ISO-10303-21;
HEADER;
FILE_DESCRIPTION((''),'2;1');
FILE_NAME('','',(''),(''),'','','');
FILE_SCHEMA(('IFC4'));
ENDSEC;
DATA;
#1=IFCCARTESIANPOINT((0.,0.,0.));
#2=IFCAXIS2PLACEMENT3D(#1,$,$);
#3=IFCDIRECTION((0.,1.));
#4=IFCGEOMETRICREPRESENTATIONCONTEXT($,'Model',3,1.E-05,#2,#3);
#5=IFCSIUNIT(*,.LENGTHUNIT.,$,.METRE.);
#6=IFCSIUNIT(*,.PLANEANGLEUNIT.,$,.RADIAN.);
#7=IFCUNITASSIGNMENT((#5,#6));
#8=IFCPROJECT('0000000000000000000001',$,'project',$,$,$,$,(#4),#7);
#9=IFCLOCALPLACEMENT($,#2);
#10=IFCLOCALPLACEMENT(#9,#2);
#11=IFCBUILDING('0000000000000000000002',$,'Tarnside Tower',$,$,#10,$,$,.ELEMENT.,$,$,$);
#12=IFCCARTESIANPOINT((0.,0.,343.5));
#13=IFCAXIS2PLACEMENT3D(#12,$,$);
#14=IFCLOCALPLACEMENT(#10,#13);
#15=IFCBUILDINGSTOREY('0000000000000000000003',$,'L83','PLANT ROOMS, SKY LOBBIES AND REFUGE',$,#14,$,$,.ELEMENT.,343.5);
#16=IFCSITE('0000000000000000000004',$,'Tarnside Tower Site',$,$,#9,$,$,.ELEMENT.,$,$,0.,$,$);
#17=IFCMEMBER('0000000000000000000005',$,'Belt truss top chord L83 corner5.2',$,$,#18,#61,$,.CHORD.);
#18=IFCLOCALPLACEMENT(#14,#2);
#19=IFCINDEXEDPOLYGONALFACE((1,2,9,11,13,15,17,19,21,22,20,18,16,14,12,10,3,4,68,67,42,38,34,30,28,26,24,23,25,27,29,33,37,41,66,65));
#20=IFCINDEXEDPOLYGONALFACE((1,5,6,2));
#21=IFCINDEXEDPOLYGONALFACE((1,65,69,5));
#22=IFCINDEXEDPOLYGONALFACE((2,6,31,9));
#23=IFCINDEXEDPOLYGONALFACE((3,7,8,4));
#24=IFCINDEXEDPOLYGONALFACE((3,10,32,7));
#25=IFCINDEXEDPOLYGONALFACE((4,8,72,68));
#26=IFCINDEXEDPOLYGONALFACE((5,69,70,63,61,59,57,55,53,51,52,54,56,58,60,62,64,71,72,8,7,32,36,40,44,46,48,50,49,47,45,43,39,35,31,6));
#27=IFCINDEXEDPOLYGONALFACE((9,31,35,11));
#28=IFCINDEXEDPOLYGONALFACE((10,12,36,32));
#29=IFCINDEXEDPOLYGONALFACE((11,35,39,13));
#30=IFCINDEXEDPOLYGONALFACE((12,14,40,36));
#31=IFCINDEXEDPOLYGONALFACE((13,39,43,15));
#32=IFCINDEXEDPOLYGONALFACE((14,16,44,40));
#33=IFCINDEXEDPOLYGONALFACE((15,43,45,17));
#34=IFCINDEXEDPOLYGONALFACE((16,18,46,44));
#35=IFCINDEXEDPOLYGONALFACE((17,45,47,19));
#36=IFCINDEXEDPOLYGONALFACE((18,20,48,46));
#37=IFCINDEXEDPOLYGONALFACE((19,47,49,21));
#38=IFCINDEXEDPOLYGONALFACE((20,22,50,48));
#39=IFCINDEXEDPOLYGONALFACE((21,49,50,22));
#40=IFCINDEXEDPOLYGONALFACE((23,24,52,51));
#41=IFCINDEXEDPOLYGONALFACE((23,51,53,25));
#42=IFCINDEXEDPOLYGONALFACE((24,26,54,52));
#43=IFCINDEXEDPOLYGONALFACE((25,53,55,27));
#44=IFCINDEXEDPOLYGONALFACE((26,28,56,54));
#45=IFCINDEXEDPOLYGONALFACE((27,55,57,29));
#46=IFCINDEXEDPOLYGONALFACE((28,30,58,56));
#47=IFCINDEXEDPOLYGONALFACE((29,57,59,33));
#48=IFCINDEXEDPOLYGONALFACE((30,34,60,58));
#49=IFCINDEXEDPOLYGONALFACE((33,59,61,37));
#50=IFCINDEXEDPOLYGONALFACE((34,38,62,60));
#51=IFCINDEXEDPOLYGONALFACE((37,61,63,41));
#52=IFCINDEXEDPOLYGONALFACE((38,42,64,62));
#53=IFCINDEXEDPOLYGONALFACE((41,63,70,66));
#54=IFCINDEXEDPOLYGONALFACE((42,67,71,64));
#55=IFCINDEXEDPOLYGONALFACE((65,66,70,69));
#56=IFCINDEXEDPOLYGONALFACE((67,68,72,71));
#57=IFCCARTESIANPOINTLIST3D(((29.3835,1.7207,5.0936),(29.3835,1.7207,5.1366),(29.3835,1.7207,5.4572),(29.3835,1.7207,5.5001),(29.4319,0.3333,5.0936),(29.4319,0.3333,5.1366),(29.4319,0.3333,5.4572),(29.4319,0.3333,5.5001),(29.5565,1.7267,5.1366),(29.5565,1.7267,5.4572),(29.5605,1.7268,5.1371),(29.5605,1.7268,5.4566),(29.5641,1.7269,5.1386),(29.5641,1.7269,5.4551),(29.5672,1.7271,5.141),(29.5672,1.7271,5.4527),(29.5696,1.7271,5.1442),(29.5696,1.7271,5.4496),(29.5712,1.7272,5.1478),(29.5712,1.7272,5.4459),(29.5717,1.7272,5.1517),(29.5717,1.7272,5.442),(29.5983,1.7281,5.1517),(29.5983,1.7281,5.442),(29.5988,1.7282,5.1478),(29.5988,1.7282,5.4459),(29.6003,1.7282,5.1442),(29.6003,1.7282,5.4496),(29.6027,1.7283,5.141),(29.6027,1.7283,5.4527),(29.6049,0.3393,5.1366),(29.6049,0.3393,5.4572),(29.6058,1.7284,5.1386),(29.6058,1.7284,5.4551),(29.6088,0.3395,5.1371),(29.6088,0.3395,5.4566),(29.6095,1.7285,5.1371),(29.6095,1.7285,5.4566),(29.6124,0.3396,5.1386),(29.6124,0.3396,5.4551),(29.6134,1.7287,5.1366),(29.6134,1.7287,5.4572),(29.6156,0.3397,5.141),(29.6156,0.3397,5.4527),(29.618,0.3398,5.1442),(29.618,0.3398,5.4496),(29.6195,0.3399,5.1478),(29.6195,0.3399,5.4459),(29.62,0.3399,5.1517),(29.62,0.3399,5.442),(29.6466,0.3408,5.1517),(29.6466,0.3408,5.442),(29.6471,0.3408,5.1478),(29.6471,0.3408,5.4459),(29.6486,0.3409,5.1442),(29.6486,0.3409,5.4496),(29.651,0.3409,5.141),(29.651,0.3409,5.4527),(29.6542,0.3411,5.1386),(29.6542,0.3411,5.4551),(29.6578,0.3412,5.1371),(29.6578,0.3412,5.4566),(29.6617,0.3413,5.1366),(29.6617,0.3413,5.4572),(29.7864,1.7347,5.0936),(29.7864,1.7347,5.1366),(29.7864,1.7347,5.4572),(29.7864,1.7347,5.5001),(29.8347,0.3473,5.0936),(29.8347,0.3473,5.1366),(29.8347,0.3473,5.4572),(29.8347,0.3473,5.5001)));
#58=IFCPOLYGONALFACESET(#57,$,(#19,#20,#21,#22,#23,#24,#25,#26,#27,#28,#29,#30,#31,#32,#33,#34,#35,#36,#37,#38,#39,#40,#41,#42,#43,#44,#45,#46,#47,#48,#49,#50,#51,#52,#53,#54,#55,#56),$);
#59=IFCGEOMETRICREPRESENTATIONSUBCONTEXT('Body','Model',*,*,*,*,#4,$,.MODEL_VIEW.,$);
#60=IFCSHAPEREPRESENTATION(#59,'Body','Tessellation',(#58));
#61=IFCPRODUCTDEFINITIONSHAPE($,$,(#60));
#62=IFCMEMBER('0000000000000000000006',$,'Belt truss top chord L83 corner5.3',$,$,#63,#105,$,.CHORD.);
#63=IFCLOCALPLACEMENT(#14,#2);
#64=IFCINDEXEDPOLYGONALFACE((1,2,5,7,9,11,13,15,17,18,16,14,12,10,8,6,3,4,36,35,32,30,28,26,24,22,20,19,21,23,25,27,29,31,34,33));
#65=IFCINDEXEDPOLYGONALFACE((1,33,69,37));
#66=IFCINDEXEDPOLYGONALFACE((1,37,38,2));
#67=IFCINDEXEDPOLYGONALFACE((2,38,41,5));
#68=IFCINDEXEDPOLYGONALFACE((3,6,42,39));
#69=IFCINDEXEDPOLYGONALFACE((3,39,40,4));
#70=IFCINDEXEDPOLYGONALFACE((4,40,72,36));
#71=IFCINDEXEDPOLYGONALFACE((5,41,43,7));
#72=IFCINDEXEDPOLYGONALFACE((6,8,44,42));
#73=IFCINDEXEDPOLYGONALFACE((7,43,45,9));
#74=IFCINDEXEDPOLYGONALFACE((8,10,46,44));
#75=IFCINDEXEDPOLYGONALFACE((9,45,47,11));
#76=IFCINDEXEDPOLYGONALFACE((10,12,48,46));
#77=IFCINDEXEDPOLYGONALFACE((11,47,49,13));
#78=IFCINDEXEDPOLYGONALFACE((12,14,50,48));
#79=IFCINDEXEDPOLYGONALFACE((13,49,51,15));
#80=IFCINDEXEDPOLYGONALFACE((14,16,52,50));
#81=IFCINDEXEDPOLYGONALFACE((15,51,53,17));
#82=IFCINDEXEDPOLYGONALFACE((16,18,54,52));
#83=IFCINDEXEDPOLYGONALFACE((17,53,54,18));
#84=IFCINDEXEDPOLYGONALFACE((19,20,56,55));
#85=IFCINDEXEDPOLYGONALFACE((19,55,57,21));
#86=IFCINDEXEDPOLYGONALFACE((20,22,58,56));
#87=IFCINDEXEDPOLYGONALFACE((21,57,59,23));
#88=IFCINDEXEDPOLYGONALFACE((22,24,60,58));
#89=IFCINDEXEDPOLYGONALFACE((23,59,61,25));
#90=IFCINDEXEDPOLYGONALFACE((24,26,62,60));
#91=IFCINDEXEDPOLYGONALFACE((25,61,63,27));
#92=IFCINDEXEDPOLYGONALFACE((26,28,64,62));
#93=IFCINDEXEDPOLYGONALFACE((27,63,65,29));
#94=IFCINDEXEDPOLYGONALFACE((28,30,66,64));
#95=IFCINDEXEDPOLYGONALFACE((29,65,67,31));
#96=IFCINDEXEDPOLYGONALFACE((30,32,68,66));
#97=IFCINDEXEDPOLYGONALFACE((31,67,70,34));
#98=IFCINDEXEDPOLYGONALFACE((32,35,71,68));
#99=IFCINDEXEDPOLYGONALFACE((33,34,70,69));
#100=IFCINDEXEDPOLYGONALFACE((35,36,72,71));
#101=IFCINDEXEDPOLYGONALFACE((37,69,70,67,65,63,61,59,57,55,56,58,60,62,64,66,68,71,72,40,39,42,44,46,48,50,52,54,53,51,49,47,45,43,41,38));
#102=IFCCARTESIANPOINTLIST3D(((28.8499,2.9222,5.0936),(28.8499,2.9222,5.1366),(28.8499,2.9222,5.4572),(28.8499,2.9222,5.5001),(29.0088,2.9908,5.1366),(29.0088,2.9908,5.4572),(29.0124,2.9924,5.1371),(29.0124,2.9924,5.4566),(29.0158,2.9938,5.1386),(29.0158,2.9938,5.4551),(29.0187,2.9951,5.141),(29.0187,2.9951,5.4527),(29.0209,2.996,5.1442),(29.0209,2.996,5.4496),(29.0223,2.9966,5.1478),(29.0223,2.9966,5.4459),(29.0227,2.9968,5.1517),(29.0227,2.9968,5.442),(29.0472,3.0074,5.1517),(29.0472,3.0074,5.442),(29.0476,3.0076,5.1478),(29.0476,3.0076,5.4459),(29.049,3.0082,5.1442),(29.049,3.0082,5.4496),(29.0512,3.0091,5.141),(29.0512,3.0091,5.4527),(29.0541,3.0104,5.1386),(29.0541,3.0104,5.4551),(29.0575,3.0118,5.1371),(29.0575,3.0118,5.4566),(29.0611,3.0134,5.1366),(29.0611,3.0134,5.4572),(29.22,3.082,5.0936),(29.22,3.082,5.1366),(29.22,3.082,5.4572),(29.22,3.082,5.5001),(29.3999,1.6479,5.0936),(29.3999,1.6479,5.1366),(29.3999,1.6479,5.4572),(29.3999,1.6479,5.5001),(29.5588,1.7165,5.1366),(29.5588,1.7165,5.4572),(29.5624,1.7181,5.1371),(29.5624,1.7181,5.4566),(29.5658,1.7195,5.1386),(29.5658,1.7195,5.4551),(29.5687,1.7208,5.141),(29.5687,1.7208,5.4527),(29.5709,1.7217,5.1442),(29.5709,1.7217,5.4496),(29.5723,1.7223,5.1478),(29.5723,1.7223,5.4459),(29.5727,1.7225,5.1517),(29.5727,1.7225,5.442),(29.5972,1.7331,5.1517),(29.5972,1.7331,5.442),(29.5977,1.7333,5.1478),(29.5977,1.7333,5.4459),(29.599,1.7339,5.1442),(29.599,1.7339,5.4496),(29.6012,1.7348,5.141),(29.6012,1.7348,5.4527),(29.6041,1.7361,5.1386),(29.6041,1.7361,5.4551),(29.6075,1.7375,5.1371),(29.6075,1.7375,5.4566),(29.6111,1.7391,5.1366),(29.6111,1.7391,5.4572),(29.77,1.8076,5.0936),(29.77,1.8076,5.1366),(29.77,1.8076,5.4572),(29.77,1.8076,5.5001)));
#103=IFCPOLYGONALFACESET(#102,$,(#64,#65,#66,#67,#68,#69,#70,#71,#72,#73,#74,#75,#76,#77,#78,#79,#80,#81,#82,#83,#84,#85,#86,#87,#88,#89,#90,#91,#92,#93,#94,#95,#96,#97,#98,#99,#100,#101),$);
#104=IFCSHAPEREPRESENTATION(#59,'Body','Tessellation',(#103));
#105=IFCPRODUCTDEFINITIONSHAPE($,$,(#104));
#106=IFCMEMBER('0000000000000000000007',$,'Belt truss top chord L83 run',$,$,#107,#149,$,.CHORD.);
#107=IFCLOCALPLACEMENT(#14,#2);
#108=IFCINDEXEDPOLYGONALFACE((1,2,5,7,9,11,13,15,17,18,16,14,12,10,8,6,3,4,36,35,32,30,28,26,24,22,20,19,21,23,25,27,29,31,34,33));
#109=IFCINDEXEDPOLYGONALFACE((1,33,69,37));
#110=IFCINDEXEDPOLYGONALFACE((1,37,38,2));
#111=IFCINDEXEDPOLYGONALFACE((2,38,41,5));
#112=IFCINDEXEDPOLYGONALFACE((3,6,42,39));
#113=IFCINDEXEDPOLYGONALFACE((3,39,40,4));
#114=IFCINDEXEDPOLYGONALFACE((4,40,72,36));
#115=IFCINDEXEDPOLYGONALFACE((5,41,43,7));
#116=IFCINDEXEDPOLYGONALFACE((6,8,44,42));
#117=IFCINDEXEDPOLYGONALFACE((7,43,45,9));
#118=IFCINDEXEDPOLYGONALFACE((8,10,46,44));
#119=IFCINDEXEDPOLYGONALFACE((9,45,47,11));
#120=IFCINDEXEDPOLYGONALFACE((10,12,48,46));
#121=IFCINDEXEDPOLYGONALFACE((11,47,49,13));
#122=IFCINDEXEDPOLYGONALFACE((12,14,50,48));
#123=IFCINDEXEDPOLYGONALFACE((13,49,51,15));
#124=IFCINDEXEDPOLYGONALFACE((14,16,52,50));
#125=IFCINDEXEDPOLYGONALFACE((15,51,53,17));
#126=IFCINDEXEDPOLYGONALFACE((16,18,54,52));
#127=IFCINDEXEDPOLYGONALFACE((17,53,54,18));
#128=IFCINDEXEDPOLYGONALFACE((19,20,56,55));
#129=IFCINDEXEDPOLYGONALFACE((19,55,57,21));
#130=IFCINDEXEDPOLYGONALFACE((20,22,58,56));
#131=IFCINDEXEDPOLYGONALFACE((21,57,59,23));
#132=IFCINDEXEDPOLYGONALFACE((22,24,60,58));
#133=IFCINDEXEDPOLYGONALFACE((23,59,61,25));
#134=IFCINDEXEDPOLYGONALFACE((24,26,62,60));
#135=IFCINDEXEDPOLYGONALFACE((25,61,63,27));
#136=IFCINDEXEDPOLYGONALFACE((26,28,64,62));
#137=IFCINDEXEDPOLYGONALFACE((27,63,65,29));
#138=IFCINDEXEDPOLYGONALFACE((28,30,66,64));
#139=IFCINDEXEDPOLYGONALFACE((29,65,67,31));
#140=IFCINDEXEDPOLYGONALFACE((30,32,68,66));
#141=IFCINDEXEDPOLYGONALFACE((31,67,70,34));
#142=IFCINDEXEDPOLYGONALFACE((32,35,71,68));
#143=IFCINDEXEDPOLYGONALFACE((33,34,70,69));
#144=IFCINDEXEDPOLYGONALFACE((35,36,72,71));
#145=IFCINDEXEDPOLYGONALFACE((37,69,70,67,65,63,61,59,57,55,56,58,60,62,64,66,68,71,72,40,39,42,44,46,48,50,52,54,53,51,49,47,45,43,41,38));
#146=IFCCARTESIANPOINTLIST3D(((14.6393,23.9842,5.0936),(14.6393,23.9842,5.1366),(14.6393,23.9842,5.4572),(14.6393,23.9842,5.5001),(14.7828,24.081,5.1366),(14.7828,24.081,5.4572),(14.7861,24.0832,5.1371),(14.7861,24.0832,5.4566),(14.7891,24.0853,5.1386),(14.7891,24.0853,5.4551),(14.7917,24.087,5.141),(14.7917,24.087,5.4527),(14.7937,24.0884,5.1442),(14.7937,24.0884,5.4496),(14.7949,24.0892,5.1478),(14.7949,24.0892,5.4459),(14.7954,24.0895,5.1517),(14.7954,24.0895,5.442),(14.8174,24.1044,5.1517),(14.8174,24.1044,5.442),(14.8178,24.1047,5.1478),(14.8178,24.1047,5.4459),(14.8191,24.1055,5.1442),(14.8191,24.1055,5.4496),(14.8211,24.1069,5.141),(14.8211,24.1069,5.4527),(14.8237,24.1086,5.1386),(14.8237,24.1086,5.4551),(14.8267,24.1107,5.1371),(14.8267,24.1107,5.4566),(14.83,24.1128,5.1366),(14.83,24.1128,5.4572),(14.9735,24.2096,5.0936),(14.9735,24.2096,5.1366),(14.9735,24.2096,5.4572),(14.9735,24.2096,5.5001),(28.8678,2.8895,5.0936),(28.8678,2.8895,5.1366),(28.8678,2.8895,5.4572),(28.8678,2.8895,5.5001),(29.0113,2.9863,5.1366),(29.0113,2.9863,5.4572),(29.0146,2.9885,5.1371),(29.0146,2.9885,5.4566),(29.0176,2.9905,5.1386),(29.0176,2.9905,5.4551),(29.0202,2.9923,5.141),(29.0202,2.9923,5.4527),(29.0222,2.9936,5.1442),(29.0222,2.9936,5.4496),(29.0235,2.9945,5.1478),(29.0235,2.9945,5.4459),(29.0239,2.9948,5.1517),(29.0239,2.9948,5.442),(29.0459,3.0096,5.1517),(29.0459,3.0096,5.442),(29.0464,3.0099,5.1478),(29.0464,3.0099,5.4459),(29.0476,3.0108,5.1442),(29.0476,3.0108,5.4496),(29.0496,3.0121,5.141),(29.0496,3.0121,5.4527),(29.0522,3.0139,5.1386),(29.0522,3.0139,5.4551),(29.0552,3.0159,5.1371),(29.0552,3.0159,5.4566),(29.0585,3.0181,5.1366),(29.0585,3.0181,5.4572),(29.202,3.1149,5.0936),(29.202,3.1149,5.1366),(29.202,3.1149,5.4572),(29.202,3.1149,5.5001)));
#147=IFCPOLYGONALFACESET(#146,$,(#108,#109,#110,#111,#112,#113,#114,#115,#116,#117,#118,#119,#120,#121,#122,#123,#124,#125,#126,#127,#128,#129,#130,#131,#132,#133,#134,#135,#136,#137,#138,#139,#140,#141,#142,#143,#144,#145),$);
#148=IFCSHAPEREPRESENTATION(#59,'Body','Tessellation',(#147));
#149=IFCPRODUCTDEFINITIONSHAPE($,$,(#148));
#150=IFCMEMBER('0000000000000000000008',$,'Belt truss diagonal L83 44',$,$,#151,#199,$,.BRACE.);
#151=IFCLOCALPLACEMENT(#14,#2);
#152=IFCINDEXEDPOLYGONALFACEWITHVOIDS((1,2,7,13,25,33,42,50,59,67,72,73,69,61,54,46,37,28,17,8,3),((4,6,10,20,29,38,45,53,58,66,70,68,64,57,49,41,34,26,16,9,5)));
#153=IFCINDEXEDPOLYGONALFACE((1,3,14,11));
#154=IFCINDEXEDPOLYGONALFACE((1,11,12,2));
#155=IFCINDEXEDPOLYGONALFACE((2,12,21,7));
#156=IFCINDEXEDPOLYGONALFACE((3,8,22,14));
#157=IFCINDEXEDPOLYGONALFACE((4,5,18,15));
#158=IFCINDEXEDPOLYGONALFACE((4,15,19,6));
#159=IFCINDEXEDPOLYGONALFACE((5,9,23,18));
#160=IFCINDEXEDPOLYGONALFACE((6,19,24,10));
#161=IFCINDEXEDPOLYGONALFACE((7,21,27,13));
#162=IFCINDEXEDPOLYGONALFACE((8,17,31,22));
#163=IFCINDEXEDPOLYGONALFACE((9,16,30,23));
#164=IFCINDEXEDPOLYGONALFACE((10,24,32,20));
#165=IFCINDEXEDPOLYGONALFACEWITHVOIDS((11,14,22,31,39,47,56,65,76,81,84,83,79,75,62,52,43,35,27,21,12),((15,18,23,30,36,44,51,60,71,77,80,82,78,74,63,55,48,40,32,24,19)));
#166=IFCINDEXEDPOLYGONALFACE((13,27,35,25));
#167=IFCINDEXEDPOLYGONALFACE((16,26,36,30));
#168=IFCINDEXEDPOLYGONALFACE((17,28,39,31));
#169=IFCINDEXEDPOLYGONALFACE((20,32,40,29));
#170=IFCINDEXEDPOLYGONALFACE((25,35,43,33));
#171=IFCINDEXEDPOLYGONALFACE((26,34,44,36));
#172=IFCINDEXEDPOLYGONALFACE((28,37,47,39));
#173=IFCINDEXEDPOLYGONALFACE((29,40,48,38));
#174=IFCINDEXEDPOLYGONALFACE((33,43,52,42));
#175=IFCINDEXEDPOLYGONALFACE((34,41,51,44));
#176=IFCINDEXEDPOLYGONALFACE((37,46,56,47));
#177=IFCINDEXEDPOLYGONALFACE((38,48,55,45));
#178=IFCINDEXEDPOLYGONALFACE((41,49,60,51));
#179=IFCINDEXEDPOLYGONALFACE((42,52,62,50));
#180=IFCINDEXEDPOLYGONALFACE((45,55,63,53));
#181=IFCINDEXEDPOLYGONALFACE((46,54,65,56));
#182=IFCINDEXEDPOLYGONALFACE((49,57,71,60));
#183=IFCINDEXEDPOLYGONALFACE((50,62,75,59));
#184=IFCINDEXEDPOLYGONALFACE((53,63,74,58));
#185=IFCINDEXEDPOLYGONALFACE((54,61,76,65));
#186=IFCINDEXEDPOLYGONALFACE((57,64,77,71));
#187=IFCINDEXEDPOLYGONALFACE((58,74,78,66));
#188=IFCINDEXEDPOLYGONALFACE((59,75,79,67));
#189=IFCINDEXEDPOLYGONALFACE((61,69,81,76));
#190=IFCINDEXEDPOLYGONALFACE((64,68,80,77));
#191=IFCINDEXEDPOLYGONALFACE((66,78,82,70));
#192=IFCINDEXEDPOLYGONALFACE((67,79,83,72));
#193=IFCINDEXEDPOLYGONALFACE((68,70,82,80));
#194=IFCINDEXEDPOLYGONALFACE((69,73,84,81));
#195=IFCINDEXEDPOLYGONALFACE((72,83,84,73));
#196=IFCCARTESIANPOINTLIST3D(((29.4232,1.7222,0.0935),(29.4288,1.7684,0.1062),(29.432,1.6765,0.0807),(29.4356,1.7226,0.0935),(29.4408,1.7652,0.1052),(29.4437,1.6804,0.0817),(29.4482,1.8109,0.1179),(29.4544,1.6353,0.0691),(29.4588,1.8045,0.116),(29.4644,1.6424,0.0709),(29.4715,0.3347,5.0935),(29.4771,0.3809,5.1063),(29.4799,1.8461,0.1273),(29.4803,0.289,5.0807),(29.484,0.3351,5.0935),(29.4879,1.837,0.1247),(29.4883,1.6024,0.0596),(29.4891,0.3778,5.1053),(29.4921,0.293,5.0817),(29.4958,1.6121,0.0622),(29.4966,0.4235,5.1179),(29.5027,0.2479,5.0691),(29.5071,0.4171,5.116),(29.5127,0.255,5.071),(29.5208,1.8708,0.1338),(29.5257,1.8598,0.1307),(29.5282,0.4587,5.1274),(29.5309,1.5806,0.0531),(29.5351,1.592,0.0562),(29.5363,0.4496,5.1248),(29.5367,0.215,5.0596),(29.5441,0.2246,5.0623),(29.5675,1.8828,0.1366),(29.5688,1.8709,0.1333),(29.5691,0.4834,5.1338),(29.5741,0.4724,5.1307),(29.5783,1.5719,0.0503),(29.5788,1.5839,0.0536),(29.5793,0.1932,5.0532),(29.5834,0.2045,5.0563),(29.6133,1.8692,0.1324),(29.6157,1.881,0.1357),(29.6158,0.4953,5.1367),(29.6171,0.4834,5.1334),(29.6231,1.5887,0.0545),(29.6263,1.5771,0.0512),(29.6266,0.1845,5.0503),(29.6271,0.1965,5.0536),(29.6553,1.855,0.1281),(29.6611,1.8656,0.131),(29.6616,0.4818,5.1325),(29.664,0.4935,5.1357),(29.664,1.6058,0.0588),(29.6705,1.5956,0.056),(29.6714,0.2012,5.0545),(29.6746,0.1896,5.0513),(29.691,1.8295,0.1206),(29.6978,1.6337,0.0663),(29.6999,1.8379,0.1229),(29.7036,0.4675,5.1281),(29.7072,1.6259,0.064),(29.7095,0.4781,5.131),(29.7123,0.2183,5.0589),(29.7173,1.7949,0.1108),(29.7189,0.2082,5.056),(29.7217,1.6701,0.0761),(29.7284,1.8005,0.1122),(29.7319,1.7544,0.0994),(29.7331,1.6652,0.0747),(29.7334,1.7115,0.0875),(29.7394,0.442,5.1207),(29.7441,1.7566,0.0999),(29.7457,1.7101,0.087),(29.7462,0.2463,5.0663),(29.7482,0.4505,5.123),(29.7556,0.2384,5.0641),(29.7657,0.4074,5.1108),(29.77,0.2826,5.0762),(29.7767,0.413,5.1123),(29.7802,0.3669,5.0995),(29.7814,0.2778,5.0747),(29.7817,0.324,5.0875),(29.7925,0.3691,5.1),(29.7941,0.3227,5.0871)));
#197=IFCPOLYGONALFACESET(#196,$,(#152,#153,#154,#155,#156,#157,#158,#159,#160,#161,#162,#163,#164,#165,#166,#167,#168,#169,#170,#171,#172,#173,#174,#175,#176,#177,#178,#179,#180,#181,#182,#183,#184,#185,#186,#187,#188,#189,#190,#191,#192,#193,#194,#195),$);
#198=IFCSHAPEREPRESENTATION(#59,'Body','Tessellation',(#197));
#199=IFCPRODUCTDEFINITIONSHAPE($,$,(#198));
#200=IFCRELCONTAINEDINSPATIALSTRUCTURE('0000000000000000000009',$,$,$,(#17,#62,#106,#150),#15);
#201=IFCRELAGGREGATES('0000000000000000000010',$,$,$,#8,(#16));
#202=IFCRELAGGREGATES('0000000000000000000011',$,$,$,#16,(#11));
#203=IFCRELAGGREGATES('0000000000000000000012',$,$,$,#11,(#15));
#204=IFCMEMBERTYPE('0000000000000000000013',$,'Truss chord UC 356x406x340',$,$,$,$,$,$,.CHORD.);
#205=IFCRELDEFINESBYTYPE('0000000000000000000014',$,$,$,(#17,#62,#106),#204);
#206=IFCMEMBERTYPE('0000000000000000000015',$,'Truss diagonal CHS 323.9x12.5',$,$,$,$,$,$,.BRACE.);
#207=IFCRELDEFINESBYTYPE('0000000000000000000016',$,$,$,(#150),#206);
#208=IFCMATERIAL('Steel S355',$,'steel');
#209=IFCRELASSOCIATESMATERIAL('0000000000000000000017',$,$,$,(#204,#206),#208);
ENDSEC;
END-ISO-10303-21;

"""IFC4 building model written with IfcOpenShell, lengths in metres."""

from ifc_helpers import new_model, si_unit, direction, frame, origin, origin_2d, place, context, subcontext, project, spatial, hollow_circle, i_section, extrude, material, material_profile, profile_set, type_object, element, save


model = new_model("IFC4")

# Units and contexts
model_context = context("Model", 3, precision=1e-05, world=origin(), true_north=direction((0.0, 1.0)))
body_context = subcontext(model_context, "Body", "Model", "MODEL_VIEW")
ifc_project = project(units=[si_unit("LENGTHUNIT", "METRE"), si_unit("PLANEANGLEUNIT", "RADIAN")], contexts=[model_context])

# Site, building, storey
site_placement = place(None, origin())
site = spatial("IfcSite", under=ifc_project, at=site_placement, Name="Tarnside Tower Site", CompositionType="ELEMENT", RefElevation=0.0)
building_placement = place(site_placement, origin())
building = spatial("IfcBuilding", under=site, at=building_placement, Name="Tarnside Tower", CompositionType="ELEMENT")
storey_placement = place(building_placement, frame((0.0, 0.0, 343.5)))
storey = spatial("IfcBuildingStorey", under=building, at=storey_placement, Name="L83", Description="PLANT ROOMS, SKY LOBBIES AND REFUGE", CompositionType="ELEMENT", Elevation=343.5)

# Shared definitions
ifc_material_1 = material(Name="Steel S355", Category="steel")

# Members
ifc_material_profile_1 = material_profile(ifc_material_1, i_section(OverallWidth=0.4031, OverallDepth=0.4065, WebThickness=0.0266, FlangeThickness=0.043, FilletRadius=0.0151, at=origin_2d()), Name="UC 356x406x340")
ifc_profile_set_1 = profile_set([ifc_material_profile_1], Name="Steel S355")
member_type_1 = type_object("IfcMemberType", Name="Truss chord UC 356x406x340", PredefinedType="CHORD", material=ifc_profile_set_1)
member_1_placement = place(storey_placement, frame((29.6333, 0.3403, 5.2969), z_axis=(-0.03482, 0.999394, 0.0), x_axis=(-0.999394, -0.03482, 0.0)))
element("IfcMember", 1, at=member_1_placement, inside=storey, type_object=member_type_1, Name="Belt truss top chord L83 corner5.2", PredefinedType="CHORD", context=body_context, shape_type="SweptSolid", body=[
    extrude(i_section(OverallWidth=0.4031, OverallDepth=0.4065, WebThickness=0.0266, FlangeThickness=0.043, FilletRadius=0.0151, at=origin_2d()), origin(), (0.0, 0.0, 1.0), 1.3882),
])
member_2_placement = place(storey_placement, frame((29.585, 1.7278, 5.2969), z_axis=(-0.396274, 0.918132, 0.0), x_axis=(-0.918132, -0.396274, 0.0)))
element("IfcMember", 2, at=member_2_placement, inside=storey, type_object=member_type_1, Name="Belt truss top chord L83 corner5.3", PredefinedType="CHORD", context=body_context, shape_type="SweptSolid", body=[
    extrude(i_section(OverallWidth=0.4031, OverallDepth=0.4065, WebThickness=0.0266, FlangeThickness=0.043, FilletRadius=0.0151, at=origin_2d()), origin(), (0.0, 0.0, 1.0), 1.3879),
])
member_3_placement = place(storey_placement, frame((29.0349, 3.0022, 5.2969), z_axis=(-0.559191, 0.829039, 0.0), x_axis=(-0.829039, -0.559191, 0.0)))
element("IfcMember", 3, at=member_3_placement, inside=storey, type_object=member_type_1, Name="Belt truss top chord L83 run", PredefinedType="CHORD", context=body_context, shape_type="SweptSolid", body=[
    extrude(i_section(OverallWidth=0.4031, OverallDepth=0.4065, WebThickness=0.0266, FlangeThickness=0.043, FilletRadius=0.0151, at=origin_2d()), origin(), (0.0, 0.0, 1.0), 25.4448),
])
ifc_material_profile_2 = material_profile(ifc_material_1, hollow_circle(Radius=0.1619, WallThickness=0.0125, at=origin_2d()), Name="CHS 323.9x12.5")
ifc_profile_set_2 = profile_set([ifc_material_profile_2], Name="Steel S355")
member_type_2 = type_object("IfcMemberType", Name="Truss diagonal CHS 323.9x12.5", PredefinedType="BRACE", material=ifc_profile_set_2)
for number, where, z_axis, x_axis, name in (
    (4, (29.6333, 0.3403, 5.0935), (-0.009316, 0.267375, -0.963548), (-0.999394, -0.03482, 0.0), "Belt truss diagonal L83 44"),
):
    element("IfcMember", number, at=place(storey_placement, frame(where, z_axis=z_axis, x_axis=x_axis)), inside=storey, type_object=member_type_2, Name=name, PredefinedType="BRACE", context=body_context, shape_type="SweptSolid", body=[
        extrude(hollow_circle(Radius=0.1619, WallThickness=0.0125, at=origin_2d()), origin(), (0.0, 0.0, 1.0), 5.1892),
    ])

save(model, "model.ifc")
